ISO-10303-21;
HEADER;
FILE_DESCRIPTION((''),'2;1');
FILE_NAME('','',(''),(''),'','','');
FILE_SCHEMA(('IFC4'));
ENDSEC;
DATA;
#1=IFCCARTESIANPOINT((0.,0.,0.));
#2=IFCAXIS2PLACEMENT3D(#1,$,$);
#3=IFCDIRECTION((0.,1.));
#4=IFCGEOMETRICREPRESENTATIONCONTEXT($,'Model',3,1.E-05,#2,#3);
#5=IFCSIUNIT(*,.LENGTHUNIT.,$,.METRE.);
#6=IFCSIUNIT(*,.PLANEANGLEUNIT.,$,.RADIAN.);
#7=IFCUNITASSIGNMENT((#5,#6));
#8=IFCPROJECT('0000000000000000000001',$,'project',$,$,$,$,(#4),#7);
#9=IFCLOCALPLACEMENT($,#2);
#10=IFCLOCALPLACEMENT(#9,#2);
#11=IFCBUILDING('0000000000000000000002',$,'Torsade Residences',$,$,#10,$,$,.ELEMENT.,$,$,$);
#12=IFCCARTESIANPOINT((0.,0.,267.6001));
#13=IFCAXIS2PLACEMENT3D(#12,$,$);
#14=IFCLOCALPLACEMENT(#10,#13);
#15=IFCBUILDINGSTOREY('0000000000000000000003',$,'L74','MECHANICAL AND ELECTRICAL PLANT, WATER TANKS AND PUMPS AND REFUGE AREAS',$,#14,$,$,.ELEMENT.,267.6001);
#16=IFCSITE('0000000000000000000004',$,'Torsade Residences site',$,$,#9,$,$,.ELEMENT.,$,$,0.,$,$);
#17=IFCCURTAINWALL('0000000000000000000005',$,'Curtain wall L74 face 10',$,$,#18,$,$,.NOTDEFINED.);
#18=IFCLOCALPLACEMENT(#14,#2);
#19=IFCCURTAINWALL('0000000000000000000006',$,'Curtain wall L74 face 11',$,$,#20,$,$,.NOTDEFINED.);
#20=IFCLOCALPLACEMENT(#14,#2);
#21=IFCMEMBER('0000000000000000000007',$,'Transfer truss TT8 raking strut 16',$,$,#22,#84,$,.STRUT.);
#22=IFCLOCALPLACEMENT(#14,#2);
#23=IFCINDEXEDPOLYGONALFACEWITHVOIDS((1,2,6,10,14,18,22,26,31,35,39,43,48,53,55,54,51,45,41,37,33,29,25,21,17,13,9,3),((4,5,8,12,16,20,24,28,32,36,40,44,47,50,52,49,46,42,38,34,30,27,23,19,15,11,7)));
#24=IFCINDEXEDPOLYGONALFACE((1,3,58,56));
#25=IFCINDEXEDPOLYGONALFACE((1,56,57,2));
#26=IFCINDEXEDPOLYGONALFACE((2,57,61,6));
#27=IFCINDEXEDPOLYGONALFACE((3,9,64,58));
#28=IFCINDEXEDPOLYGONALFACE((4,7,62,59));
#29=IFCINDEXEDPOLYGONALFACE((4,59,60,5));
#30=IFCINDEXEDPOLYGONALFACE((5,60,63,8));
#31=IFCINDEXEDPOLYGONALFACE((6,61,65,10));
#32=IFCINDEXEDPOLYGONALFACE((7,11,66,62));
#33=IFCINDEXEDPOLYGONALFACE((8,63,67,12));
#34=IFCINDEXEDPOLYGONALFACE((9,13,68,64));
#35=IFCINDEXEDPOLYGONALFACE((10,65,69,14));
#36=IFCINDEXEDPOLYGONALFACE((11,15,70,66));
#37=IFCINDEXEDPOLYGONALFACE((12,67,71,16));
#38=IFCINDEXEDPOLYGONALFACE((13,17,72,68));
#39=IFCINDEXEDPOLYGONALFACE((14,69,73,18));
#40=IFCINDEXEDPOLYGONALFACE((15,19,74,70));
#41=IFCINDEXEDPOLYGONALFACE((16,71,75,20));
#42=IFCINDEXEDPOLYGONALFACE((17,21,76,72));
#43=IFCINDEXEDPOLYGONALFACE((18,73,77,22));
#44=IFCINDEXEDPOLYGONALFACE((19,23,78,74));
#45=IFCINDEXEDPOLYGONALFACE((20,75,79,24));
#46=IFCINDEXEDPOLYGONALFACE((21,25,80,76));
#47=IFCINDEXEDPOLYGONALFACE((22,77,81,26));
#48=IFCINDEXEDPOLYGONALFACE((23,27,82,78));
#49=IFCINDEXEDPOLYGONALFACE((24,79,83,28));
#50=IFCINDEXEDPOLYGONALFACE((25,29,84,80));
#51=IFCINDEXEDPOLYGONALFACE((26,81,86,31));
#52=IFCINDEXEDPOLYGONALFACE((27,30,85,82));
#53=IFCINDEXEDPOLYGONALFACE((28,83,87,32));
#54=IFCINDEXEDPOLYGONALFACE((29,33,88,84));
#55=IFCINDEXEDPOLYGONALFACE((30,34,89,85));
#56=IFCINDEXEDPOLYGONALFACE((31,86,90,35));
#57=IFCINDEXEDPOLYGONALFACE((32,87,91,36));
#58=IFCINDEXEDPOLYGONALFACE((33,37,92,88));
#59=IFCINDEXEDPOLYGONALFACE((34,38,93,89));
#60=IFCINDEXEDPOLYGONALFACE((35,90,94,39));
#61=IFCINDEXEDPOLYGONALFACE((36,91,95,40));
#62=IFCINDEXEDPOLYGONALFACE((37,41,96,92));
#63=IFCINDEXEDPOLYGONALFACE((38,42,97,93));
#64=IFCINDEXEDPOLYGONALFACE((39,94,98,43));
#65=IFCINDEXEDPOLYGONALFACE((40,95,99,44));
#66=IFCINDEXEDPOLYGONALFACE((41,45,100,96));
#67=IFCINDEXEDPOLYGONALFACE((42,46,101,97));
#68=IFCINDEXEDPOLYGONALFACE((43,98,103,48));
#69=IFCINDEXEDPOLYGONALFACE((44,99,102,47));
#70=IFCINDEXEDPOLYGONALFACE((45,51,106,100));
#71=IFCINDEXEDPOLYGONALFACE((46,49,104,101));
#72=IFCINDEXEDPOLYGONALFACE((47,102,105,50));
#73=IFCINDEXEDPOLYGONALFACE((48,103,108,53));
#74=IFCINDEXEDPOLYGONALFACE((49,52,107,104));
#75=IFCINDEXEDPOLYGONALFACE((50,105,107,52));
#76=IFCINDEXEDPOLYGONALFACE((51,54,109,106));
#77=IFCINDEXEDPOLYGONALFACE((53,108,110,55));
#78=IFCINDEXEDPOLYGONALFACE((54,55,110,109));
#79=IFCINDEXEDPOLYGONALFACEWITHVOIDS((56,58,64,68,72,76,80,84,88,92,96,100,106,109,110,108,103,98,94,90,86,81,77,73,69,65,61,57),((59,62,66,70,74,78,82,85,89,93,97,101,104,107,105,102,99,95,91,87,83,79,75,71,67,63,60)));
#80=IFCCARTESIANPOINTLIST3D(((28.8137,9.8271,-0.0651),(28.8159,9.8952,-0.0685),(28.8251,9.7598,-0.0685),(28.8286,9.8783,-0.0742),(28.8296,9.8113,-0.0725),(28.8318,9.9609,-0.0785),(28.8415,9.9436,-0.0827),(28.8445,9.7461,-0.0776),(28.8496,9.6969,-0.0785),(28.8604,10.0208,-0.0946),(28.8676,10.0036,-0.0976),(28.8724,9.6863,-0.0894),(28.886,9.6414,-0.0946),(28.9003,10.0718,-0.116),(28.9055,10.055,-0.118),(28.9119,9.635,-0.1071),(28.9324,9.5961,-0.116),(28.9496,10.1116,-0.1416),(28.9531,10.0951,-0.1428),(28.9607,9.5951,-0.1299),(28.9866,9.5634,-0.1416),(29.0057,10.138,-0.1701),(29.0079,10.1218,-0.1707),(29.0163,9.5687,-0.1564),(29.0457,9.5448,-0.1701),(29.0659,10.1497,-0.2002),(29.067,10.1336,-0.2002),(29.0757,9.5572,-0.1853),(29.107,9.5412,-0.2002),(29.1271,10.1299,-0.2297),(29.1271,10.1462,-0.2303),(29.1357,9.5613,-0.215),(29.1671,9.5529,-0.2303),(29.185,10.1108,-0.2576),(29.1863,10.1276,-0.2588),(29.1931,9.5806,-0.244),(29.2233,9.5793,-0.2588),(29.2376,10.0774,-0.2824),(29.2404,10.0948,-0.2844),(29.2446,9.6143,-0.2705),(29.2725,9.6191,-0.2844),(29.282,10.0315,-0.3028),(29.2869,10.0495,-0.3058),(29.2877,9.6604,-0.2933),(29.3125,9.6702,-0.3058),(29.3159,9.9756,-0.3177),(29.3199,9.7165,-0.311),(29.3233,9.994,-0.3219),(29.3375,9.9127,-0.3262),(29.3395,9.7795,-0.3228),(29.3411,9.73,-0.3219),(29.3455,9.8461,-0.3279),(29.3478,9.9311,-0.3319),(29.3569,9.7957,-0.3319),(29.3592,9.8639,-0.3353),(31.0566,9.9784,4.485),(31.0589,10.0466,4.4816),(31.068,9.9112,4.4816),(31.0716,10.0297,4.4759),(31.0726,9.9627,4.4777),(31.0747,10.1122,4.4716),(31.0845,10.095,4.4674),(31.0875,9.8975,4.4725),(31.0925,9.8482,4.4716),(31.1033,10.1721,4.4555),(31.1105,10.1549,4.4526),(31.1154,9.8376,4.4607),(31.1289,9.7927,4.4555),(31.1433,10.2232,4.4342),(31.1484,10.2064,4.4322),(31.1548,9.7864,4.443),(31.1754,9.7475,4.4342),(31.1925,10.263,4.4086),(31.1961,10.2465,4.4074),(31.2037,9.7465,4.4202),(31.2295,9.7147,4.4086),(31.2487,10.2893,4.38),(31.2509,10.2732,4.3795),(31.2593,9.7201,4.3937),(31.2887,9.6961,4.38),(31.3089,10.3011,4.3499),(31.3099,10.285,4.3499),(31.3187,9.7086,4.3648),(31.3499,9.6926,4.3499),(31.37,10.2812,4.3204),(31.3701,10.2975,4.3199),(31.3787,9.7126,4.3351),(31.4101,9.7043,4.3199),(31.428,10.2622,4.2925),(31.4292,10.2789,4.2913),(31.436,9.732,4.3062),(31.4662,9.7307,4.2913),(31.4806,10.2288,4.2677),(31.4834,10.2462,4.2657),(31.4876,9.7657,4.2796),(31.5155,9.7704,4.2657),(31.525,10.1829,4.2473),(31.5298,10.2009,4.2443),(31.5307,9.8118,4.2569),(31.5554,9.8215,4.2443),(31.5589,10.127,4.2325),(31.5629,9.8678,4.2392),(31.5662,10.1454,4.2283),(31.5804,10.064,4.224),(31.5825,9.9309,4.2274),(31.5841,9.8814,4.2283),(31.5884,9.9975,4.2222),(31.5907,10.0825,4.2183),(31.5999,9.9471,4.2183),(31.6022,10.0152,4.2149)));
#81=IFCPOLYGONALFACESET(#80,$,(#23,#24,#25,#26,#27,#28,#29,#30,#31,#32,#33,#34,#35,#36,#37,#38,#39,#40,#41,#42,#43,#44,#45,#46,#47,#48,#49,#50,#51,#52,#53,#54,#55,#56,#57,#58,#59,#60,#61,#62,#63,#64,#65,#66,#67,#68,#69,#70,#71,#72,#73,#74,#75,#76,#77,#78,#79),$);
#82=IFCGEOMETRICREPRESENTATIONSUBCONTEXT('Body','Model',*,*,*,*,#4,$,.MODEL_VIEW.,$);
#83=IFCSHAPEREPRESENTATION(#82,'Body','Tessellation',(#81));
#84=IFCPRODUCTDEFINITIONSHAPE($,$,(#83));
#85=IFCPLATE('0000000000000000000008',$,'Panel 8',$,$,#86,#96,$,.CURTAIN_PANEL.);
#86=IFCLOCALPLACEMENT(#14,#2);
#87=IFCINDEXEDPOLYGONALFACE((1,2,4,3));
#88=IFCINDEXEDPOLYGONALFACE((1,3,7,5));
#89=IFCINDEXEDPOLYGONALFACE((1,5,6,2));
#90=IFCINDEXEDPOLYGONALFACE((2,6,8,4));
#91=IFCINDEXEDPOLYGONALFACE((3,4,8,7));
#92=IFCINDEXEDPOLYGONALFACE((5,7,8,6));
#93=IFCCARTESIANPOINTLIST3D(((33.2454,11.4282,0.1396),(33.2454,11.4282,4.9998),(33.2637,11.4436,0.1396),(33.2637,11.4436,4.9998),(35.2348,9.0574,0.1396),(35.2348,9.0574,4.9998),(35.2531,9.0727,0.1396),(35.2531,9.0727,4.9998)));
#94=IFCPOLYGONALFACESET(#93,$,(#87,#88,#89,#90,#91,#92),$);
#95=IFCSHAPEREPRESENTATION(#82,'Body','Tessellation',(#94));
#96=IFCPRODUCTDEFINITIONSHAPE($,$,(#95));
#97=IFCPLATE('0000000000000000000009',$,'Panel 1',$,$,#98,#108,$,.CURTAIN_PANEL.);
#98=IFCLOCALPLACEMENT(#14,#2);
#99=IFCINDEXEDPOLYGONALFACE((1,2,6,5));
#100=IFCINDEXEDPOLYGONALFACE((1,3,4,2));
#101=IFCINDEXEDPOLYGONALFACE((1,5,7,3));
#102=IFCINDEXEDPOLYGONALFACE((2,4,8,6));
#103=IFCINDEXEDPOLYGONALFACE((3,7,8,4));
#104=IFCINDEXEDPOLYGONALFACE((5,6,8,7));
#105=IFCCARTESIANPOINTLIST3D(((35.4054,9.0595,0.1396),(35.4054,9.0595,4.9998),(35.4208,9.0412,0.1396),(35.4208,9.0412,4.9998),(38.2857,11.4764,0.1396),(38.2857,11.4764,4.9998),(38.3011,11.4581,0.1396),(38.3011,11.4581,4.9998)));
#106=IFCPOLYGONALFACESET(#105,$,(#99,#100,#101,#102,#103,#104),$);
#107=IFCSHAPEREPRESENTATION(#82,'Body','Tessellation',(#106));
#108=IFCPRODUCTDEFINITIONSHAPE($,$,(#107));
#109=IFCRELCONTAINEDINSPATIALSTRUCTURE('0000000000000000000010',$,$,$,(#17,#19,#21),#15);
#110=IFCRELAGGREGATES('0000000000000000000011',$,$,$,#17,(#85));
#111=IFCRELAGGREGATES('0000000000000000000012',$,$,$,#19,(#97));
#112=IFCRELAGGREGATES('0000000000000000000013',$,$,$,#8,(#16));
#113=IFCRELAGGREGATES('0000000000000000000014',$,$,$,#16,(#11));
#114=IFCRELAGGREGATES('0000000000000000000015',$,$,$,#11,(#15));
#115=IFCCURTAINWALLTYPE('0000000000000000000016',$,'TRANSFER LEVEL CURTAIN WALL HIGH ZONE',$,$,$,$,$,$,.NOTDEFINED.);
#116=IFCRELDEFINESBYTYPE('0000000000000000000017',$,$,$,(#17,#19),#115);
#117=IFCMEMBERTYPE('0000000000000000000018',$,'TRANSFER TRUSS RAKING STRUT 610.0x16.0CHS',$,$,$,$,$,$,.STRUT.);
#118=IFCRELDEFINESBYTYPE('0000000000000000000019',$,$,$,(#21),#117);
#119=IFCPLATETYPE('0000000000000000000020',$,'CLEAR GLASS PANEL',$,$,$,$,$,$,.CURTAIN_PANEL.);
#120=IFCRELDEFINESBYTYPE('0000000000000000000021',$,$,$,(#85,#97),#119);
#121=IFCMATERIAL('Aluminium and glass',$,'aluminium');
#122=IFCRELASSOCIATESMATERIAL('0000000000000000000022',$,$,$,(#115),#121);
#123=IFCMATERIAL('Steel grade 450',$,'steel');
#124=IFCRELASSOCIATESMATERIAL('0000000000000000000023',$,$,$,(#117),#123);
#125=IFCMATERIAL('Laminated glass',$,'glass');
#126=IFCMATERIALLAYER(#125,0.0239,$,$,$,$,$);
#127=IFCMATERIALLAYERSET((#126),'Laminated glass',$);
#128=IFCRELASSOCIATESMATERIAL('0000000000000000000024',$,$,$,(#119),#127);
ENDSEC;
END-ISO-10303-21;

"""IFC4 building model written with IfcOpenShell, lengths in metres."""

from ifc_helpers import new_model, si_unit, direction, frame, origin, origin_2d, place, context, subcontext, project, spatial, rectangle, hollow_circle, extrude, material, layer, layer_set, material_profile, profile_set, type_object, element, aggregate, save


model = new_model("IFC4")

# Units and contexts
model_context = context("Model", 3, precision=1e-05, world=origin(), true_north=direction((0.0, 1.0)))
body_context = subcontext(model_context, "Body", "Model", "MODEL_VIEW")
ifc_project = project(units=[si_unit("LENGTHUNIT", "METRE"), si_unit("PLANEANGLEUNIT", "RADIAN")], contexts=[model_context])

# Site, building, storey
site_placement = place(None, origin())
site = spatial("IfcSite", under=ifc_project, at=site_placement, Name="Torsade Residences site", CompositionType="ELEMENT", RefElevation=0.0)
building_placement = place(site_placement, origin())
building = spatial("IfcBuilding", under=site, at=building_placement, Name="Torsade Residences", CompositionType="ELEMENT")
storey_placement = place(building_placement, frame((0.0, 0.0, 267.6001)))
storey = spatial("IfcBuildingStorey", under=building, at=storey_placement, Name="L74", Description="MECHANICAL AND ELECTRICAL PLANT, WATER TANKS AND PUMPS AND REFUGE AREAS", CompositionType="ELEMENT", Elevation=267.6001)

# Curtain walls
ifc_material_1 = material(Name="Aluminium and glass", Category="aluminium")
curtain_wall_type = type_object("IfcCurtainWallType", Name="TRANSFER LEVEL CURTAIN WALL HIGH ZONE", PredefinedType="NOTDEFINED", material=ifc_material_1)
curtain_wall_1_placement = place(storey_placement, origin())
curtain_wall_1 = element("IfcCurtainWall", 1, at=curtain_wall_1_placement, inside=storey, type_object=curtain_wall_type, Name="Curtain wall L74 face 10", PredefinedType="NOTDEFINED")
curtain_wall_2_placement = place(storey_placement, origin())
curtain_wall_2 = element("IfcCurtainWall", 2, at=curtain_wall_2_placement, inside=storey, type_object=curtain_wall_type, Name="Curtain wall L74 face 11", PredefinedType="NOTDEFINED")

# Member
ifc_material_2 = material(Name="Steel grade 450", Category="steel")
ifc_material_profile_1 = material_profile(ifc_material_2, hollow_circle(Radius=0.3049, WallThickness=0.0161, at=origin_2d()), Name="610.0x16.0CHS")
ifc_profile_set_1 = profile_set([ifc_material_profile_1], Name="Steel grade 450")
member_type_1 = type_object("IfcMemberType", Name="TRANSFER TRUSS RAKING STRUT 610.0x16.0CHS", PredefinedType="STRUT", material=ifc_profile_set_1)
member_1_placement = place(storey_placement, frame((29.0864, 9.8455, -0.2002), z_axis=(0.441947, 0.029826, 0.896545), x_axis=(-0.067334, 0.997731, 0.0)))
element("IfcMember", 3, at=member_1_placement, inside=storey, type_object=member_type_1, Name="Transfer truss TT8 raking strut 16", PredefinedType="STRUT", context=body_context, shape_type="SweptSolid", body=[
    extrude(hollow_circle(Radius=0.3049, WallThickness=0.0161, at=origin_2d()), origin(), (0.0, 0.0, 1.0), 5.0752),
])

# Plates
ifc_material_3 = material(Name="Laminated glass", Category="glass")
ifc_layer = layer(ifc_material_3, 0.0239)
ifc_layer_set = layer_set([ifc_layer], Name="Laminated glass")
plate_type = type_object("IfcPlateType", Name="CLEAR GLASS PANEL", PredefinedType="CURTAIN_PANEL", material=ifc_layer_set)
plate_1_placement = place(storey_placement, frame((34.2493, 10.2505, 0.1396), z_axis=(0.0, 0.0, 1.0), x_axis=(0.642788, -0.766044, 0.0)))
plate_1 = element("IfcPlate", 4, at=plate_1_placement, type_object=plate_type, Name="Panel 8", PredefinedType="CURTAIN_PANEL", context=body_context, shape_type="SweptSolid", body=[
    extrude(rectangle(XDim=3.095, YDim=0.0239, at=origin_2d()), origin(), (0.0, 0.0, 1.0), 4.8601),
])
aggregate(curtain_wall_1, [plate_1])
plate_2_placement = place(storey_placement, frame((36.8533, 10.2588, 0.1396), z_axis=(0.0, 0.0, 1.0), x_axis=(0.766044, 0.642788, 0.0)))
plate_2 = element("IfcPlate", 5, at=plate_2_placement, type_object=plate_type, Name="Panel 1", PredefinedType="CURTAIN_PANEL", context=body_context, shape_type="SweptSolid", body=[
    extrude(rectangle(XDim=3.76, YDim=0.0239, at=origin_2d()), origin(), (0.0, 0.0, 1.0), 4.8601),
])
aggregate(curtain_wall_2, [plate_2])

save(model, "model.ifc")
